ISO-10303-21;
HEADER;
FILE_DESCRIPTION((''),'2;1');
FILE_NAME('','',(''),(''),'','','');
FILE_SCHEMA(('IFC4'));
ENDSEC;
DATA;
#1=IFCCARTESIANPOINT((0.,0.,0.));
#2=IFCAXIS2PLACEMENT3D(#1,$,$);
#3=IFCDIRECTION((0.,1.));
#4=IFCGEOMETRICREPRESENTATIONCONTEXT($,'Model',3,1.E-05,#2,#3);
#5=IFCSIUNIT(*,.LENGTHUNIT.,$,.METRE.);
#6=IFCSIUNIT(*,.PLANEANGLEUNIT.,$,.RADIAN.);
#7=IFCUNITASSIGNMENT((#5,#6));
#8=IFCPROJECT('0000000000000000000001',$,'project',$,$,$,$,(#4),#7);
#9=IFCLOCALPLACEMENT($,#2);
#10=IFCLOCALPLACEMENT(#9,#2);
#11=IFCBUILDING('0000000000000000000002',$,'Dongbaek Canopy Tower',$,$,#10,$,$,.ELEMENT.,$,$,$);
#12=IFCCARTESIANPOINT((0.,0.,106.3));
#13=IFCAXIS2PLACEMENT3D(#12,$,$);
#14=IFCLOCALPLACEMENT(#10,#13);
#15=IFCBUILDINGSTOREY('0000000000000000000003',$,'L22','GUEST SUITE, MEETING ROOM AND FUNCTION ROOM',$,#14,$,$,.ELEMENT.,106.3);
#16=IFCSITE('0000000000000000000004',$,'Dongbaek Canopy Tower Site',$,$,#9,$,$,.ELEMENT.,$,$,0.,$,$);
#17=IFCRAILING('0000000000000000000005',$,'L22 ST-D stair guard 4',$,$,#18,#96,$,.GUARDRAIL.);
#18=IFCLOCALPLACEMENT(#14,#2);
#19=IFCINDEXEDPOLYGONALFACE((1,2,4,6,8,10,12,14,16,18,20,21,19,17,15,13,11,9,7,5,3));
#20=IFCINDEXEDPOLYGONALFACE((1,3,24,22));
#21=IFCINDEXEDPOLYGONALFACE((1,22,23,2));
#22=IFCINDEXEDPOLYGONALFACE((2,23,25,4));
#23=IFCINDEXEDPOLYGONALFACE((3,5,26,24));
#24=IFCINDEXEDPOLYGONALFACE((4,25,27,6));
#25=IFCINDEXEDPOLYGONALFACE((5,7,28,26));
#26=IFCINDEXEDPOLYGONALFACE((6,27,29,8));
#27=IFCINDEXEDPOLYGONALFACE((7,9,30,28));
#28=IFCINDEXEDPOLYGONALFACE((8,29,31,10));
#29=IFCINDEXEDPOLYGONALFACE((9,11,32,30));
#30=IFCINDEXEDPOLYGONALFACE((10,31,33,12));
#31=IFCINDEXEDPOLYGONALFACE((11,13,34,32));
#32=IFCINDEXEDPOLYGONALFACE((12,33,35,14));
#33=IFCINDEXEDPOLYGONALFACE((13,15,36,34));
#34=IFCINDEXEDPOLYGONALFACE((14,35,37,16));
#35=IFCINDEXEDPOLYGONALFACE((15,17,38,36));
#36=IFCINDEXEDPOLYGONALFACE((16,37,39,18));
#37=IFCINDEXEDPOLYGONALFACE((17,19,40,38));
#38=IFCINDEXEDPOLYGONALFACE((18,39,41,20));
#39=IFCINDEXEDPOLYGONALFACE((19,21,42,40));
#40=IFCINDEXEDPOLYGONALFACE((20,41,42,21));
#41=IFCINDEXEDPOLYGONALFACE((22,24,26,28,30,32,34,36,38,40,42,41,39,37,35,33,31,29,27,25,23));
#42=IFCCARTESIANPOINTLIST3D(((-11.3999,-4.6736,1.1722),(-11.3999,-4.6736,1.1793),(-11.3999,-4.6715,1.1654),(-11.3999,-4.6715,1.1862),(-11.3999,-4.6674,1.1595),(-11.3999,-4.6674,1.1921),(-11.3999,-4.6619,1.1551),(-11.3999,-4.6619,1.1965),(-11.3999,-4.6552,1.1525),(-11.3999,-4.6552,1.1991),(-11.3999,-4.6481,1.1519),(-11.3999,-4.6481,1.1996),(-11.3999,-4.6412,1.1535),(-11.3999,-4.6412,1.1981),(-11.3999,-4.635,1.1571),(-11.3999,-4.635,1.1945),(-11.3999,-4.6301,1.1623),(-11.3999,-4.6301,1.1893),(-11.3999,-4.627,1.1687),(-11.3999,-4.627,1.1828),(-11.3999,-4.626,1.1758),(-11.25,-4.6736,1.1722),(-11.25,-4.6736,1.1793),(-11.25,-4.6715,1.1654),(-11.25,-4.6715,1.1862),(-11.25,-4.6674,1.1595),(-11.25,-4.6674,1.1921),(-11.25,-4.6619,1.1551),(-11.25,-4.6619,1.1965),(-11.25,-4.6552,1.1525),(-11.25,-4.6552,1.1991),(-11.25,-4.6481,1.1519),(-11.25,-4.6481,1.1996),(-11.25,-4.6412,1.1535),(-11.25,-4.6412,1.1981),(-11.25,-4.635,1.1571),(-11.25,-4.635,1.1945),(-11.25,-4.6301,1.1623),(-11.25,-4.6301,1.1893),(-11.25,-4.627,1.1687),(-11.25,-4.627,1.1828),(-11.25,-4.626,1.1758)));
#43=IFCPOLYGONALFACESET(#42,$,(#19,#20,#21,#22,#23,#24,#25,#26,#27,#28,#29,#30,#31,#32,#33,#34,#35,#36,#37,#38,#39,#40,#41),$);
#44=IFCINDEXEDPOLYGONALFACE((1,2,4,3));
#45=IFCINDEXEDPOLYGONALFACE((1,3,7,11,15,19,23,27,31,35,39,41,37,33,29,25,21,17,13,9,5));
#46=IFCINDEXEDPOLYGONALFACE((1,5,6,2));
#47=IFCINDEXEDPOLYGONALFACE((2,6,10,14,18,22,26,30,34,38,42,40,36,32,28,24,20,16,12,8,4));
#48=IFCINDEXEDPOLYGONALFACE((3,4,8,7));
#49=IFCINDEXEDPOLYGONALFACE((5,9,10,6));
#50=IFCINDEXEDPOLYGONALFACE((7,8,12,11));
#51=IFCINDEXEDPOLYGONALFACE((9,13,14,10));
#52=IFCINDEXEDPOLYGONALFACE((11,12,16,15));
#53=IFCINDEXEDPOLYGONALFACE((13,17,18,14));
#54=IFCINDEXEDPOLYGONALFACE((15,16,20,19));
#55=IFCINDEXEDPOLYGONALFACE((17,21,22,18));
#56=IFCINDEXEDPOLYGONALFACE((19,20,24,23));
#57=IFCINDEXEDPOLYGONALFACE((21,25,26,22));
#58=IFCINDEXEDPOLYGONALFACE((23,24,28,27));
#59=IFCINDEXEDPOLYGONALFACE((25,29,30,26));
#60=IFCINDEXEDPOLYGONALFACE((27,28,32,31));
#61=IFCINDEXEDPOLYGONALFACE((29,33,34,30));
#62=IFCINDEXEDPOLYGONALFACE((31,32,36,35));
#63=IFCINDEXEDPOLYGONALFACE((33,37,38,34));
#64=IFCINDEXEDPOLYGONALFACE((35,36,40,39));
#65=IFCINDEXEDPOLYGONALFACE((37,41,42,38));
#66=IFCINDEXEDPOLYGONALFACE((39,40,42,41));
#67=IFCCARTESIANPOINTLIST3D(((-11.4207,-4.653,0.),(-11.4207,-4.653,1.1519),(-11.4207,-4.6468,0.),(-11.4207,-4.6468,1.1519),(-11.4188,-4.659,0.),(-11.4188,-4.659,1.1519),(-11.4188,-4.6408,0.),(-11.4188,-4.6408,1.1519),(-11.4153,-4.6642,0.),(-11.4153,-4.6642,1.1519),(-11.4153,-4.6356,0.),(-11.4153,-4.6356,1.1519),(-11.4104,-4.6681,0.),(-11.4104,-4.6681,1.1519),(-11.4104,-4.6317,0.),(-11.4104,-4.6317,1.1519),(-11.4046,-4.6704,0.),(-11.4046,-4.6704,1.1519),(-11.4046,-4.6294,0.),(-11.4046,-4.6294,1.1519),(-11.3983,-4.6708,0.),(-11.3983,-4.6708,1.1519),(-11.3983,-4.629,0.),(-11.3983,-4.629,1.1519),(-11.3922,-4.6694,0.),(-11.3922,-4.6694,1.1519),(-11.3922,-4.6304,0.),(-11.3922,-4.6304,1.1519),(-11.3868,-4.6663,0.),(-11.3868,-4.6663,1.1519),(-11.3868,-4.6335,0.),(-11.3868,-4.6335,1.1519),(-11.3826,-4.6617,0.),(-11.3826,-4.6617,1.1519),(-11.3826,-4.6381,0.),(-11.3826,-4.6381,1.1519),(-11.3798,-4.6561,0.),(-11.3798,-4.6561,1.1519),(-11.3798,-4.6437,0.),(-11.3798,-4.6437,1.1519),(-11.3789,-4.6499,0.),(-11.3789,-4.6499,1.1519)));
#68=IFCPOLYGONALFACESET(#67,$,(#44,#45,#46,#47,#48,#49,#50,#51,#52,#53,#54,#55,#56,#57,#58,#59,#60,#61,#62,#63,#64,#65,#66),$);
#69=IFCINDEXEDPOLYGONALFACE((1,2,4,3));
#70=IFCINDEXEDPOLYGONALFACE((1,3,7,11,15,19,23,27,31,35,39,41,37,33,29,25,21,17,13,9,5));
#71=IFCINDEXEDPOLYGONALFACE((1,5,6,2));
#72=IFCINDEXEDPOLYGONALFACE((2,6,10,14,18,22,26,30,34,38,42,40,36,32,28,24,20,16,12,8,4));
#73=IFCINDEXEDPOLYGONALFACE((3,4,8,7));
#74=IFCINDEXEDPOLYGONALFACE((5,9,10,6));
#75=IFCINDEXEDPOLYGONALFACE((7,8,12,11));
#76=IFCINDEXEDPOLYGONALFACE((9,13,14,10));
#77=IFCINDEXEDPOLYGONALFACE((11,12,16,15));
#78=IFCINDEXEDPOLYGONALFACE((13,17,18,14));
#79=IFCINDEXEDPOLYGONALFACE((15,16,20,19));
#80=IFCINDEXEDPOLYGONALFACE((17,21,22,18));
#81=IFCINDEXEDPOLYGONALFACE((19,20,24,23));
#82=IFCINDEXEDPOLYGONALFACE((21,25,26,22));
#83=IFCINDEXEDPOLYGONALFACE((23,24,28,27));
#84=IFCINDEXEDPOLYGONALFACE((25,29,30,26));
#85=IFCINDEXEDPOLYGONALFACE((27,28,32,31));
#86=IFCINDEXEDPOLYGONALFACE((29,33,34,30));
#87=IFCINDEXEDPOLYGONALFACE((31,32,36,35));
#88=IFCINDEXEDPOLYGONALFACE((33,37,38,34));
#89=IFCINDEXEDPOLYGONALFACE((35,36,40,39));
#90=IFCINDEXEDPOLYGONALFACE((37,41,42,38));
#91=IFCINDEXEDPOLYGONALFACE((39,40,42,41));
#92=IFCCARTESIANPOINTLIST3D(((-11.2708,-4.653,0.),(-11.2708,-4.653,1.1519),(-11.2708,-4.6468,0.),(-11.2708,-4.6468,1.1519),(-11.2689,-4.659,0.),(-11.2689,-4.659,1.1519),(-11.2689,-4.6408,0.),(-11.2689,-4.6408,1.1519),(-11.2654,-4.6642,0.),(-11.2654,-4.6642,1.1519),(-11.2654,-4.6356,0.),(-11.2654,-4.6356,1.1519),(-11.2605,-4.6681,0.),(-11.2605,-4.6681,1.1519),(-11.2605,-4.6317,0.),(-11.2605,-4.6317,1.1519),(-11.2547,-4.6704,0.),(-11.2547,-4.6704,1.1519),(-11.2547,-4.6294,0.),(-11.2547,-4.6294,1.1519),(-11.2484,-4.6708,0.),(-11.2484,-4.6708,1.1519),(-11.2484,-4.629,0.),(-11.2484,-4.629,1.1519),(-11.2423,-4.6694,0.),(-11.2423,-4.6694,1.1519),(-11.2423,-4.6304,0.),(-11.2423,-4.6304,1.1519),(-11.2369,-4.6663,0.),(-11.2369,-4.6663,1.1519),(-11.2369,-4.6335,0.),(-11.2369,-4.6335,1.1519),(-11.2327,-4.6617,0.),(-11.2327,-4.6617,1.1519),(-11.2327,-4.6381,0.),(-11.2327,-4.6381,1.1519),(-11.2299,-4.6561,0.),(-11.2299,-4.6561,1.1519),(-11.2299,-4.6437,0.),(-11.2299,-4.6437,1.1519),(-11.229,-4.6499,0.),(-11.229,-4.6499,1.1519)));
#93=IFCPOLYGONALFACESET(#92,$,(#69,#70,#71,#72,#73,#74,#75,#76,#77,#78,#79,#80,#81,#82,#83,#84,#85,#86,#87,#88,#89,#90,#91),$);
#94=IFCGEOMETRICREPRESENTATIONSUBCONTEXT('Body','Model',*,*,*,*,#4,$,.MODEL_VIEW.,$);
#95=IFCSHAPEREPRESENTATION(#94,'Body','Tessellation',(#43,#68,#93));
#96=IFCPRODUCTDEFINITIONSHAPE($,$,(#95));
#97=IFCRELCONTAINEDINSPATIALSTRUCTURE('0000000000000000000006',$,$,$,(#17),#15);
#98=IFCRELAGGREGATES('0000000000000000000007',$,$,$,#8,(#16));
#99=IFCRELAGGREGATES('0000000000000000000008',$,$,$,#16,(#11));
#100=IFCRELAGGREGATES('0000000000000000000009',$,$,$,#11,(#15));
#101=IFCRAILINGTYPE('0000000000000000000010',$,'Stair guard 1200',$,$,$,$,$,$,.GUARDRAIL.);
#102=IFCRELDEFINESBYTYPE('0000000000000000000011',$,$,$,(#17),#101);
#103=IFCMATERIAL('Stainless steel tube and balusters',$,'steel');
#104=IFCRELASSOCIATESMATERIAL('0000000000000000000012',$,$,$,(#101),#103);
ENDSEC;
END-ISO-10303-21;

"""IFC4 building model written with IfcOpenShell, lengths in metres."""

from ifc_helpers import new_model, si_unit, direction, frame, origin, origin_2d, place, context, subcontext, project, spatial, circle, extrude, material, type_object, element, save


model = new_model("IFC4")

# Units and contexts
model_context = context("Model", 3, precision=1e-05, world=origin(), true_north=direction((0.0, 1.0)))
body_context = subcontext(model_context, "Body", "Model", "MODEL_VIEW")
ifc_project = project(units=[si_unit("LENGTHUNIT", "METRE"), si_unit("PLANEANGLEUNIT", "RADIAN")], contexts=[model_context])

# Site, building, storey
site_placement = place(None, origin())
site = spatial("IfcSite", under=ifc_project, at=site_placement, Name="Dongbaek Canopy Tower Site", CompositionType="ELEMENT", RefElevation=0.0)
building_placement = place(site_placement, origin())
building = spatial("IfcBuilding", under=site, at=building_placement, Name="Dongbaek Canopy Tower", CompositionType="ELEMENT")
storey_placement = place(building_placement, frame((0.0, 0.0, 106.3)))
storey = spatial("IfcBuildingStorey", under=building, at=storey_placement, Name="L22", Description="GUEST SUITE, MEETING ROOM AND FUNCTION ROOM", CompositionType="ELEMENT", Elevation=106.3)

# Railing
ifc_material_1 = material(Name="Stainless steel tube and balusters", Category="steel")
railing_type_1 = type_object("IfcRailingType", Name="Stair guard 1200", PredefinedType="GUARDRAIL", material=ifc_material_1)
railing_1_placement = place(storey_placement, frame((-11.3999, -4.6499, 0.0)))
element("IfcRailing", 1, at=railing_1_placement, inside=storey, type_object=railing_type_1, Name="L22 ST-D stair guard 4", PredefinedType="GUARDRAIL", context=body_context, shape_type="SweptSolid", body=[
    extrude(circle(Radius=0.0239, at=origin_2d()), frame((0.0, 0.0, 1.1758), z_axis=(1.0, 0.0, 0.0), x_axis=(0.0, 1.0, 0.0)), (0.0, 0.0, 1.0), 0.1499),
    extrude(circle(Radius=0.021, at=origin_2d()), origin(), (0.0, 0.0, 1.0), 1.1519),
    extrude(circle(Radius=0.021, at=origin_2d()), frame((0.1499, 0.0, 0.0)), (0.0, 0.0, 1.0), 1.1519),
])

save(model, "model.ifc")
